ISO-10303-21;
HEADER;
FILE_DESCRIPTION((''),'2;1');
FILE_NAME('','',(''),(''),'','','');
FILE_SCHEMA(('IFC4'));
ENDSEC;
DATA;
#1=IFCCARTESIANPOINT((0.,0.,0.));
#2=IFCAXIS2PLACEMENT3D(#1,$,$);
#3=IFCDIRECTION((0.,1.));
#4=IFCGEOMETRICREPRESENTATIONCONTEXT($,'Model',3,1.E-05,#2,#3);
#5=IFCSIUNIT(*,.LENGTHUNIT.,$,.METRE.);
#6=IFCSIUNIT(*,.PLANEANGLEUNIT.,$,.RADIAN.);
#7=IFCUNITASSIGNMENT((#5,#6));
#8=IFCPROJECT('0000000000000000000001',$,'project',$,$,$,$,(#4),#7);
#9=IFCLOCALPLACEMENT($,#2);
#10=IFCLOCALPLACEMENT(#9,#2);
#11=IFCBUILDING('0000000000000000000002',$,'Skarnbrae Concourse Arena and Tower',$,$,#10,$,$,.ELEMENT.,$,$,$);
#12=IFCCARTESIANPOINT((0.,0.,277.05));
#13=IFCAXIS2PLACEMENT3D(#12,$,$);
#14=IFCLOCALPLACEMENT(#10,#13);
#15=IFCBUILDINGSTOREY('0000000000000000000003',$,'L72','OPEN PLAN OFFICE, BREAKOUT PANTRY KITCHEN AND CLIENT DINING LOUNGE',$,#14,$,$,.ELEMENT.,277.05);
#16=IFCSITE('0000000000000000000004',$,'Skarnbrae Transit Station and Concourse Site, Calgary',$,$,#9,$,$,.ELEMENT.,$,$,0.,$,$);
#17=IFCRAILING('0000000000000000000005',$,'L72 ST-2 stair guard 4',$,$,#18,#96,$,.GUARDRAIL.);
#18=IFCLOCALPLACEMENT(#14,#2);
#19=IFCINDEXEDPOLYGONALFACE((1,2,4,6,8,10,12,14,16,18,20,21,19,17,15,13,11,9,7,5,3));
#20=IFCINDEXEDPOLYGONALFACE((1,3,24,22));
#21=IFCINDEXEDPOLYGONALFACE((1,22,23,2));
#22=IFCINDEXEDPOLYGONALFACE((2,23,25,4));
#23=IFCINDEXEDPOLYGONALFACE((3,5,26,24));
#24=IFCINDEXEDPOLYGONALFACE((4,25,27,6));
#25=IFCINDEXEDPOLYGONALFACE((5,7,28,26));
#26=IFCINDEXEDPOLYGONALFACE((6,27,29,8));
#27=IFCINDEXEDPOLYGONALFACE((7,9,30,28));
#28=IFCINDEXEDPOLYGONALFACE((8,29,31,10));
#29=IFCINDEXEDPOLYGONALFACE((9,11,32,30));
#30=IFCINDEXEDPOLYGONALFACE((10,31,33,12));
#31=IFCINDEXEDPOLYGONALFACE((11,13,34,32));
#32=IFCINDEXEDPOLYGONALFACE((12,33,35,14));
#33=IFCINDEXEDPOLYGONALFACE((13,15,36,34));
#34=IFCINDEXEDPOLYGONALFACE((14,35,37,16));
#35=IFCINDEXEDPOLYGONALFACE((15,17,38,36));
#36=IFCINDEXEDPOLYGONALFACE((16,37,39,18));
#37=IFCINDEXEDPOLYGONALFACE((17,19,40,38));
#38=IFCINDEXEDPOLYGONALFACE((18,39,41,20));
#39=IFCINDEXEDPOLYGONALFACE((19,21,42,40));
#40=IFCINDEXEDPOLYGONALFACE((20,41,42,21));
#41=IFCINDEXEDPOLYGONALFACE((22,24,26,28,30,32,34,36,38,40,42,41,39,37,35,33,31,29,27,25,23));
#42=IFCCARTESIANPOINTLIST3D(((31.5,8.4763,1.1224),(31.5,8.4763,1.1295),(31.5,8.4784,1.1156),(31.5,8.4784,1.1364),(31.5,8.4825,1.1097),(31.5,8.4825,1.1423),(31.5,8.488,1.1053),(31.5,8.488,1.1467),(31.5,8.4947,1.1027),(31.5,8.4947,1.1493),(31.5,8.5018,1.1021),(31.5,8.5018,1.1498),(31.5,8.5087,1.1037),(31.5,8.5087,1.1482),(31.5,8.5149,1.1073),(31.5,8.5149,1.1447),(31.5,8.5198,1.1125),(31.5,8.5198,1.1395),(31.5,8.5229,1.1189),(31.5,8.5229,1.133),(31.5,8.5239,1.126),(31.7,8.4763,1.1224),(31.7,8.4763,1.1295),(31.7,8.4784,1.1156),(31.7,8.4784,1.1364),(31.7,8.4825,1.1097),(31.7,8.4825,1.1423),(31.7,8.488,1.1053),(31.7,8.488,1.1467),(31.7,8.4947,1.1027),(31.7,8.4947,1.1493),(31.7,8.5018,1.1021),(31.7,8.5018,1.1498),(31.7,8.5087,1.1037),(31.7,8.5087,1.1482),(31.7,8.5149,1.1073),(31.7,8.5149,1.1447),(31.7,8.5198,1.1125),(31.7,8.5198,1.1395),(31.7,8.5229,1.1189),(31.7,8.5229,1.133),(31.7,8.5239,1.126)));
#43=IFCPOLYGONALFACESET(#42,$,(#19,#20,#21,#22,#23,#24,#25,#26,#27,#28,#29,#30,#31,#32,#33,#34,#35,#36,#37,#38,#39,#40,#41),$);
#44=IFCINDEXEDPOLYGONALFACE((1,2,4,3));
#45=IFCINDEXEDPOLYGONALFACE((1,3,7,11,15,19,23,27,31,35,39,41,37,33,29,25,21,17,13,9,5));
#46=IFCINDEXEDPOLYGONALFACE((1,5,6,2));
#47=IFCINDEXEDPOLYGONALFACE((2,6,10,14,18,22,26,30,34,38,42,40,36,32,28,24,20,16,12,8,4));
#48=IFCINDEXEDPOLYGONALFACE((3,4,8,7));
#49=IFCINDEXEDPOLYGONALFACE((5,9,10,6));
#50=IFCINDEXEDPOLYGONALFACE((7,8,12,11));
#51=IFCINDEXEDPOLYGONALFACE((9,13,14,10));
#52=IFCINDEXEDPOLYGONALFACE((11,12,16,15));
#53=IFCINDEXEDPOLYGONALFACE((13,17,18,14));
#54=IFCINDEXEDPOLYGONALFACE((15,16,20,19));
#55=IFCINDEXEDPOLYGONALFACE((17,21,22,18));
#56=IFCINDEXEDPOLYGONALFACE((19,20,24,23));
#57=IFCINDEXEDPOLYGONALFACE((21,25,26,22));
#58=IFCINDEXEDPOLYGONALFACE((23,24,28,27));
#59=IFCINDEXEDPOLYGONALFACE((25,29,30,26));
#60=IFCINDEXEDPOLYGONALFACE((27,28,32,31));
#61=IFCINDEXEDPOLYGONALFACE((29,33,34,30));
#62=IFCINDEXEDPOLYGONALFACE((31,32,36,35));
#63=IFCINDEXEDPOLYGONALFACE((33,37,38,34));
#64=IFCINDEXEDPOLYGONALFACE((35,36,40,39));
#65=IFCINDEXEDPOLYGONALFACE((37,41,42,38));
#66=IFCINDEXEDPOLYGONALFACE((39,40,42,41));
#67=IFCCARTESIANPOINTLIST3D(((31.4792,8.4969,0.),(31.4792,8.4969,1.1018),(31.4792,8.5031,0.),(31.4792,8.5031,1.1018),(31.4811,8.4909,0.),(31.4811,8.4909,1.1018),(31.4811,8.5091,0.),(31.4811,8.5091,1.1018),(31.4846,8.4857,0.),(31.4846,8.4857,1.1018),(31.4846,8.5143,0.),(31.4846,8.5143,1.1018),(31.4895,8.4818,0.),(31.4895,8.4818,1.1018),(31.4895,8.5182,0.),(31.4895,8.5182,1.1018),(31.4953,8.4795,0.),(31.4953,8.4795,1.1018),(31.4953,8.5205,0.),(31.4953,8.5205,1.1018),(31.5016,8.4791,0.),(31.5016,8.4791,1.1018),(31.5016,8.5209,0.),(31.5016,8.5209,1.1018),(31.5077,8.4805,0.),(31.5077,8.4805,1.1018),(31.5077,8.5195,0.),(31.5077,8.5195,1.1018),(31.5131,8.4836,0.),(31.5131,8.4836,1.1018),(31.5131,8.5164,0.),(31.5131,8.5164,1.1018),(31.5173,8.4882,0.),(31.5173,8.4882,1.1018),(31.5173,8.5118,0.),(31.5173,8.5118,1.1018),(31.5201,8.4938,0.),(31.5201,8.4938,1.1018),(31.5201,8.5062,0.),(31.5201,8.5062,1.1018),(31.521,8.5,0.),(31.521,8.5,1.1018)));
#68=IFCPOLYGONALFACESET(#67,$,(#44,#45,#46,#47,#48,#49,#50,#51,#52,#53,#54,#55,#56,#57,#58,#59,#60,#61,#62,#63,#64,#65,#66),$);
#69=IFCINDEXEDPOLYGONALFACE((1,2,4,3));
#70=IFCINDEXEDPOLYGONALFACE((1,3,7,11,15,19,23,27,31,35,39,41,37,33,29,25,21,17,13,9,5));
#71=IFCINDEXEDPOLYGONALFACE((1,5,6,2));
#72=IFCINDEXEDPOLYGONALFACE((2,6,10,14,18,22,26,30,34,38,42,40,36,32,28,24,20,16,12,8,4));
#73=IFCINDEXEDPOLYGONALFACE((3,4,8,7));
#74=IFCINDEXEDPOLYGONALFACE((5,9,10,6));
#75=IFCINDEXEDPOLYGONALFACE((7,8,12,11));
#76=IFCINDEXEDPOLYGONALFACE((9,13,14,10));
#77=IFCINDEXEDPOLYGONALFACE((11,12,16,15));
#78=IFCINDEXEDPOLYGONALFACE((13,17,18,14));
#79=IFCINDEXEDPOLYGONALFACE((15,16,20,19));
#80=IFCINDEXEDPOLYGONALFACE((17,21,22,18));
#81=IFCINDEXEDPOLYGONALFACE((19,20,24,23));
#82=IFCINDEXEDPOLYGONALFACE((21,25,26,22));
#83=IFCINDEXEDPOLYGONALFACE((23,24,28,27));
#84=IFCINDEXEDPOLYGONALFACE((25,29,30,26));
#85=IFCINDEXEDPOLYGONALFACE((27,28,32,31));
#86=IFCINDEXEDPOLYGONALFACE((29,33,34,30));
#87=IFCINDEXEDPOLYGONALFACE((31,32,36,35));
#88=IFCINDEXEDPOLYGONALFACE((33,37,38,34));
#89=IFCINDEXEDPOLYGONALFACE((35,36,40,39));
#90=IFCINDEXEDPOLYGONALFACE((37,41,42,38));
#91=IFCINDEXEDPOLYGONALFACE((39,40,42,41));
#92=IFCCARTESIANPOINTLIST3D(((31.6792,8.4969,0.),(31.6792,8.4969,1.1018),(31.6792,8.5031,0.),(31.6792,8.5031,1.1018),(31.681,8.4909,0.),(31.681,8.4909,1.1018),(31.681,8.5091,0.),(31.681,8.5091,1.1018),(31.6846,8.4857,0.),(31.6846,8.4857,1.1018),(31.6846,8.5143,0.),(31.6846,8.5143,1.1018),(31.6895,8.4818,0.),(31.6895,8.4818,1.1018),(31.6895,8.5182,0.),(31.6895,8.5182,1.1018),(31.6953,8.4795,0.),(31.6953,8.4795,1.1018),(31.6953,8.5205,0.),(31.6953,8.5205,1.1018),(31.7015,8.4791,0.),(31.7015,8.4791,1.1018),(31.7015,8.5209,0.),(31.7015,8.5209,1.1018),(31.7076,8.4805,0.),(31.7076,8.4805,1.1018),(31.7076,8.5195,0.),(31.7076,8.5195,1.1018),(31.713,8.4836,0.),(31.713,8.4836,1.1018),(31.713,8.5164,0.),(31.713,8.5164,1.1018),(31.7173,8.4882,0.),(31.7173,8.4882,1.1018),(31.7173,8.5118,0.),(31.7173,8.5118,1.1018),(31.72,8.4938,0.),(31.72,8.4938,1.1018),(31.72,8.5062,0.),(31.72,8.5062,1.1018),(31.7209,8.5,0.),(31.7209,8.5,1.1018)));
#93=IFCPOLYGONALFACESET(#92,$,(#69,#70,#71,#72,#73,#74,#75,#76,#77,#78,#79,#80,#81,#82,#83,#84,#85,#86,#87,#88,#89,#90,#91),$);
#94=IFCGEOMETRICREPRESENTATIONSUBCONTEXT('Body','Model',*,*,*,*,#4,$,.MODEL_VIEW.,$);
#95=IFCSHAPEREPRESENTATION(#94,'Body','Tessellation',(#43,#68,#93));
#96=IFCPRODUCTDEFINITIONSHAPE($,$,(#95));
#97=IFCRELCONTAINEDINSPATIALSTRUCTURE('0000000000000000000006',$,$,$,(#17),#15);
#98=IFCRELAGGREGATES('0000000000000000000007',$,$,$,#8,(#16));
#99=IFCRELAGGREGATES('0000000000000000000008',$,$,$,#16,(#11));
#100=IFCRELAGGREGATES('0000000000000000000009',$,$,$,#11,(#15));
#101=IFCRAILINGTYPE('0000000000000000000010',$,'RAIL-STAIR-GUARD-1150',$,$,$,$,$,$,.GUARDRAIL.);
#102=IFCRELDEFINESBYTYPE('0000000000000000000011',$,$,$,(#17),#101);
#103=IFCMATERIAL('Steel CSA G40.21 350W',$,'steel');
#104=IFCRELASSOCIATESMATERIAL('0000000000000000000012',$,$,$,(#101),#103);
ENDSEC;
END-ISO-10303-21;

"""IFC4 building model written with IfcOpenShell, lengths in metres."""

from ifc_helpers import new_model, si_unit, direction, frame, origin, origin_2d, place, context, subcontext, project, spatial, circle, extrude, material, type_object, element, save


model = new_model("IFC4")

# Units and contexts
model_context = context("Model", 3, precision=1e-05, world=origin(), true_north=direction((0.0, 1.0)))
body_context = subcontext(model_context, "Body", "Model", "MODEL_VIEW")
ifc_project = project(units=[si_unit("LENGTHUNIT", "METRE"), si_unit("PLANEANGLEUNIT", "RADIAN")], contexts=[model_context])

# Site, building, storey
site_placement = place(None, origin())
site = spatial("IfcSite", under=ifc_project, at=site_placement, Name="Skarnbrae Transit Station and Concourse Site, Calgary", CompositionType="ELEMENT", RefElevation=0.0)
building_placement = place(site_placement, origin())
building = spatial("IfcBuilding", under=site, at=building_placement, Name="Skarnbrae Concourse Arena and Tower", CompositionType="ELEMENT")
storey_placement = place(building_placement, frame((0.0, 0.0, 277.05)))
storey = spatial("IfcBuildingStorey", under=building, at=storey_placement, Name="L72", Description="OPEN PLAN OFFICE, BREAKOUT PANTRY KITCHEN AND CLIENT DINING LOUNGE", CompositionType="ELEMENT", Elevation=277.05)

# Shared definitions
ifc_material_1 = material(Name="Steel CSA G40.21 350W", Category="steel")

# Railing
railing_type = type_object("IfcRailingType", Name="RAIL-STAIR-GUARD-1150", PredefinedType="GUARDRAIL", material=ifc_material_1)
railing_1_placement = place(storey_placement, frame((31.5, 8.5, 0.0)))
element("IfcRailing", 1, at=railing_1_placement, inside=storey, type_object=railing_type, Name="L72 ST-2 stair guard 4", PredefinedType="GUARDRAIL", context=body_context, shape_type="SweptSolid", body=[
    extrude(circle(Radius=0.0239, at=origin_2d()), frame((0.0, 0.0, 1.126), z_axis=(1.0, 0.0, 0.0), x_axis=(0.0, 1.0, 0.0)), (0.0, 0.0, 1.0), 0.2),
    extrude(circle(Radius=0.021, at=origin_2d()), origin(), (0.0, 0.0, 1.0), 1.1018),
    extrude(circle(Radius=0.021, at=origin_2d()), frame((0.2, 0.0, 0.0)), (0.0, 0.0, 1.0), 1.1018),
])

save(model, "model.ifc")
